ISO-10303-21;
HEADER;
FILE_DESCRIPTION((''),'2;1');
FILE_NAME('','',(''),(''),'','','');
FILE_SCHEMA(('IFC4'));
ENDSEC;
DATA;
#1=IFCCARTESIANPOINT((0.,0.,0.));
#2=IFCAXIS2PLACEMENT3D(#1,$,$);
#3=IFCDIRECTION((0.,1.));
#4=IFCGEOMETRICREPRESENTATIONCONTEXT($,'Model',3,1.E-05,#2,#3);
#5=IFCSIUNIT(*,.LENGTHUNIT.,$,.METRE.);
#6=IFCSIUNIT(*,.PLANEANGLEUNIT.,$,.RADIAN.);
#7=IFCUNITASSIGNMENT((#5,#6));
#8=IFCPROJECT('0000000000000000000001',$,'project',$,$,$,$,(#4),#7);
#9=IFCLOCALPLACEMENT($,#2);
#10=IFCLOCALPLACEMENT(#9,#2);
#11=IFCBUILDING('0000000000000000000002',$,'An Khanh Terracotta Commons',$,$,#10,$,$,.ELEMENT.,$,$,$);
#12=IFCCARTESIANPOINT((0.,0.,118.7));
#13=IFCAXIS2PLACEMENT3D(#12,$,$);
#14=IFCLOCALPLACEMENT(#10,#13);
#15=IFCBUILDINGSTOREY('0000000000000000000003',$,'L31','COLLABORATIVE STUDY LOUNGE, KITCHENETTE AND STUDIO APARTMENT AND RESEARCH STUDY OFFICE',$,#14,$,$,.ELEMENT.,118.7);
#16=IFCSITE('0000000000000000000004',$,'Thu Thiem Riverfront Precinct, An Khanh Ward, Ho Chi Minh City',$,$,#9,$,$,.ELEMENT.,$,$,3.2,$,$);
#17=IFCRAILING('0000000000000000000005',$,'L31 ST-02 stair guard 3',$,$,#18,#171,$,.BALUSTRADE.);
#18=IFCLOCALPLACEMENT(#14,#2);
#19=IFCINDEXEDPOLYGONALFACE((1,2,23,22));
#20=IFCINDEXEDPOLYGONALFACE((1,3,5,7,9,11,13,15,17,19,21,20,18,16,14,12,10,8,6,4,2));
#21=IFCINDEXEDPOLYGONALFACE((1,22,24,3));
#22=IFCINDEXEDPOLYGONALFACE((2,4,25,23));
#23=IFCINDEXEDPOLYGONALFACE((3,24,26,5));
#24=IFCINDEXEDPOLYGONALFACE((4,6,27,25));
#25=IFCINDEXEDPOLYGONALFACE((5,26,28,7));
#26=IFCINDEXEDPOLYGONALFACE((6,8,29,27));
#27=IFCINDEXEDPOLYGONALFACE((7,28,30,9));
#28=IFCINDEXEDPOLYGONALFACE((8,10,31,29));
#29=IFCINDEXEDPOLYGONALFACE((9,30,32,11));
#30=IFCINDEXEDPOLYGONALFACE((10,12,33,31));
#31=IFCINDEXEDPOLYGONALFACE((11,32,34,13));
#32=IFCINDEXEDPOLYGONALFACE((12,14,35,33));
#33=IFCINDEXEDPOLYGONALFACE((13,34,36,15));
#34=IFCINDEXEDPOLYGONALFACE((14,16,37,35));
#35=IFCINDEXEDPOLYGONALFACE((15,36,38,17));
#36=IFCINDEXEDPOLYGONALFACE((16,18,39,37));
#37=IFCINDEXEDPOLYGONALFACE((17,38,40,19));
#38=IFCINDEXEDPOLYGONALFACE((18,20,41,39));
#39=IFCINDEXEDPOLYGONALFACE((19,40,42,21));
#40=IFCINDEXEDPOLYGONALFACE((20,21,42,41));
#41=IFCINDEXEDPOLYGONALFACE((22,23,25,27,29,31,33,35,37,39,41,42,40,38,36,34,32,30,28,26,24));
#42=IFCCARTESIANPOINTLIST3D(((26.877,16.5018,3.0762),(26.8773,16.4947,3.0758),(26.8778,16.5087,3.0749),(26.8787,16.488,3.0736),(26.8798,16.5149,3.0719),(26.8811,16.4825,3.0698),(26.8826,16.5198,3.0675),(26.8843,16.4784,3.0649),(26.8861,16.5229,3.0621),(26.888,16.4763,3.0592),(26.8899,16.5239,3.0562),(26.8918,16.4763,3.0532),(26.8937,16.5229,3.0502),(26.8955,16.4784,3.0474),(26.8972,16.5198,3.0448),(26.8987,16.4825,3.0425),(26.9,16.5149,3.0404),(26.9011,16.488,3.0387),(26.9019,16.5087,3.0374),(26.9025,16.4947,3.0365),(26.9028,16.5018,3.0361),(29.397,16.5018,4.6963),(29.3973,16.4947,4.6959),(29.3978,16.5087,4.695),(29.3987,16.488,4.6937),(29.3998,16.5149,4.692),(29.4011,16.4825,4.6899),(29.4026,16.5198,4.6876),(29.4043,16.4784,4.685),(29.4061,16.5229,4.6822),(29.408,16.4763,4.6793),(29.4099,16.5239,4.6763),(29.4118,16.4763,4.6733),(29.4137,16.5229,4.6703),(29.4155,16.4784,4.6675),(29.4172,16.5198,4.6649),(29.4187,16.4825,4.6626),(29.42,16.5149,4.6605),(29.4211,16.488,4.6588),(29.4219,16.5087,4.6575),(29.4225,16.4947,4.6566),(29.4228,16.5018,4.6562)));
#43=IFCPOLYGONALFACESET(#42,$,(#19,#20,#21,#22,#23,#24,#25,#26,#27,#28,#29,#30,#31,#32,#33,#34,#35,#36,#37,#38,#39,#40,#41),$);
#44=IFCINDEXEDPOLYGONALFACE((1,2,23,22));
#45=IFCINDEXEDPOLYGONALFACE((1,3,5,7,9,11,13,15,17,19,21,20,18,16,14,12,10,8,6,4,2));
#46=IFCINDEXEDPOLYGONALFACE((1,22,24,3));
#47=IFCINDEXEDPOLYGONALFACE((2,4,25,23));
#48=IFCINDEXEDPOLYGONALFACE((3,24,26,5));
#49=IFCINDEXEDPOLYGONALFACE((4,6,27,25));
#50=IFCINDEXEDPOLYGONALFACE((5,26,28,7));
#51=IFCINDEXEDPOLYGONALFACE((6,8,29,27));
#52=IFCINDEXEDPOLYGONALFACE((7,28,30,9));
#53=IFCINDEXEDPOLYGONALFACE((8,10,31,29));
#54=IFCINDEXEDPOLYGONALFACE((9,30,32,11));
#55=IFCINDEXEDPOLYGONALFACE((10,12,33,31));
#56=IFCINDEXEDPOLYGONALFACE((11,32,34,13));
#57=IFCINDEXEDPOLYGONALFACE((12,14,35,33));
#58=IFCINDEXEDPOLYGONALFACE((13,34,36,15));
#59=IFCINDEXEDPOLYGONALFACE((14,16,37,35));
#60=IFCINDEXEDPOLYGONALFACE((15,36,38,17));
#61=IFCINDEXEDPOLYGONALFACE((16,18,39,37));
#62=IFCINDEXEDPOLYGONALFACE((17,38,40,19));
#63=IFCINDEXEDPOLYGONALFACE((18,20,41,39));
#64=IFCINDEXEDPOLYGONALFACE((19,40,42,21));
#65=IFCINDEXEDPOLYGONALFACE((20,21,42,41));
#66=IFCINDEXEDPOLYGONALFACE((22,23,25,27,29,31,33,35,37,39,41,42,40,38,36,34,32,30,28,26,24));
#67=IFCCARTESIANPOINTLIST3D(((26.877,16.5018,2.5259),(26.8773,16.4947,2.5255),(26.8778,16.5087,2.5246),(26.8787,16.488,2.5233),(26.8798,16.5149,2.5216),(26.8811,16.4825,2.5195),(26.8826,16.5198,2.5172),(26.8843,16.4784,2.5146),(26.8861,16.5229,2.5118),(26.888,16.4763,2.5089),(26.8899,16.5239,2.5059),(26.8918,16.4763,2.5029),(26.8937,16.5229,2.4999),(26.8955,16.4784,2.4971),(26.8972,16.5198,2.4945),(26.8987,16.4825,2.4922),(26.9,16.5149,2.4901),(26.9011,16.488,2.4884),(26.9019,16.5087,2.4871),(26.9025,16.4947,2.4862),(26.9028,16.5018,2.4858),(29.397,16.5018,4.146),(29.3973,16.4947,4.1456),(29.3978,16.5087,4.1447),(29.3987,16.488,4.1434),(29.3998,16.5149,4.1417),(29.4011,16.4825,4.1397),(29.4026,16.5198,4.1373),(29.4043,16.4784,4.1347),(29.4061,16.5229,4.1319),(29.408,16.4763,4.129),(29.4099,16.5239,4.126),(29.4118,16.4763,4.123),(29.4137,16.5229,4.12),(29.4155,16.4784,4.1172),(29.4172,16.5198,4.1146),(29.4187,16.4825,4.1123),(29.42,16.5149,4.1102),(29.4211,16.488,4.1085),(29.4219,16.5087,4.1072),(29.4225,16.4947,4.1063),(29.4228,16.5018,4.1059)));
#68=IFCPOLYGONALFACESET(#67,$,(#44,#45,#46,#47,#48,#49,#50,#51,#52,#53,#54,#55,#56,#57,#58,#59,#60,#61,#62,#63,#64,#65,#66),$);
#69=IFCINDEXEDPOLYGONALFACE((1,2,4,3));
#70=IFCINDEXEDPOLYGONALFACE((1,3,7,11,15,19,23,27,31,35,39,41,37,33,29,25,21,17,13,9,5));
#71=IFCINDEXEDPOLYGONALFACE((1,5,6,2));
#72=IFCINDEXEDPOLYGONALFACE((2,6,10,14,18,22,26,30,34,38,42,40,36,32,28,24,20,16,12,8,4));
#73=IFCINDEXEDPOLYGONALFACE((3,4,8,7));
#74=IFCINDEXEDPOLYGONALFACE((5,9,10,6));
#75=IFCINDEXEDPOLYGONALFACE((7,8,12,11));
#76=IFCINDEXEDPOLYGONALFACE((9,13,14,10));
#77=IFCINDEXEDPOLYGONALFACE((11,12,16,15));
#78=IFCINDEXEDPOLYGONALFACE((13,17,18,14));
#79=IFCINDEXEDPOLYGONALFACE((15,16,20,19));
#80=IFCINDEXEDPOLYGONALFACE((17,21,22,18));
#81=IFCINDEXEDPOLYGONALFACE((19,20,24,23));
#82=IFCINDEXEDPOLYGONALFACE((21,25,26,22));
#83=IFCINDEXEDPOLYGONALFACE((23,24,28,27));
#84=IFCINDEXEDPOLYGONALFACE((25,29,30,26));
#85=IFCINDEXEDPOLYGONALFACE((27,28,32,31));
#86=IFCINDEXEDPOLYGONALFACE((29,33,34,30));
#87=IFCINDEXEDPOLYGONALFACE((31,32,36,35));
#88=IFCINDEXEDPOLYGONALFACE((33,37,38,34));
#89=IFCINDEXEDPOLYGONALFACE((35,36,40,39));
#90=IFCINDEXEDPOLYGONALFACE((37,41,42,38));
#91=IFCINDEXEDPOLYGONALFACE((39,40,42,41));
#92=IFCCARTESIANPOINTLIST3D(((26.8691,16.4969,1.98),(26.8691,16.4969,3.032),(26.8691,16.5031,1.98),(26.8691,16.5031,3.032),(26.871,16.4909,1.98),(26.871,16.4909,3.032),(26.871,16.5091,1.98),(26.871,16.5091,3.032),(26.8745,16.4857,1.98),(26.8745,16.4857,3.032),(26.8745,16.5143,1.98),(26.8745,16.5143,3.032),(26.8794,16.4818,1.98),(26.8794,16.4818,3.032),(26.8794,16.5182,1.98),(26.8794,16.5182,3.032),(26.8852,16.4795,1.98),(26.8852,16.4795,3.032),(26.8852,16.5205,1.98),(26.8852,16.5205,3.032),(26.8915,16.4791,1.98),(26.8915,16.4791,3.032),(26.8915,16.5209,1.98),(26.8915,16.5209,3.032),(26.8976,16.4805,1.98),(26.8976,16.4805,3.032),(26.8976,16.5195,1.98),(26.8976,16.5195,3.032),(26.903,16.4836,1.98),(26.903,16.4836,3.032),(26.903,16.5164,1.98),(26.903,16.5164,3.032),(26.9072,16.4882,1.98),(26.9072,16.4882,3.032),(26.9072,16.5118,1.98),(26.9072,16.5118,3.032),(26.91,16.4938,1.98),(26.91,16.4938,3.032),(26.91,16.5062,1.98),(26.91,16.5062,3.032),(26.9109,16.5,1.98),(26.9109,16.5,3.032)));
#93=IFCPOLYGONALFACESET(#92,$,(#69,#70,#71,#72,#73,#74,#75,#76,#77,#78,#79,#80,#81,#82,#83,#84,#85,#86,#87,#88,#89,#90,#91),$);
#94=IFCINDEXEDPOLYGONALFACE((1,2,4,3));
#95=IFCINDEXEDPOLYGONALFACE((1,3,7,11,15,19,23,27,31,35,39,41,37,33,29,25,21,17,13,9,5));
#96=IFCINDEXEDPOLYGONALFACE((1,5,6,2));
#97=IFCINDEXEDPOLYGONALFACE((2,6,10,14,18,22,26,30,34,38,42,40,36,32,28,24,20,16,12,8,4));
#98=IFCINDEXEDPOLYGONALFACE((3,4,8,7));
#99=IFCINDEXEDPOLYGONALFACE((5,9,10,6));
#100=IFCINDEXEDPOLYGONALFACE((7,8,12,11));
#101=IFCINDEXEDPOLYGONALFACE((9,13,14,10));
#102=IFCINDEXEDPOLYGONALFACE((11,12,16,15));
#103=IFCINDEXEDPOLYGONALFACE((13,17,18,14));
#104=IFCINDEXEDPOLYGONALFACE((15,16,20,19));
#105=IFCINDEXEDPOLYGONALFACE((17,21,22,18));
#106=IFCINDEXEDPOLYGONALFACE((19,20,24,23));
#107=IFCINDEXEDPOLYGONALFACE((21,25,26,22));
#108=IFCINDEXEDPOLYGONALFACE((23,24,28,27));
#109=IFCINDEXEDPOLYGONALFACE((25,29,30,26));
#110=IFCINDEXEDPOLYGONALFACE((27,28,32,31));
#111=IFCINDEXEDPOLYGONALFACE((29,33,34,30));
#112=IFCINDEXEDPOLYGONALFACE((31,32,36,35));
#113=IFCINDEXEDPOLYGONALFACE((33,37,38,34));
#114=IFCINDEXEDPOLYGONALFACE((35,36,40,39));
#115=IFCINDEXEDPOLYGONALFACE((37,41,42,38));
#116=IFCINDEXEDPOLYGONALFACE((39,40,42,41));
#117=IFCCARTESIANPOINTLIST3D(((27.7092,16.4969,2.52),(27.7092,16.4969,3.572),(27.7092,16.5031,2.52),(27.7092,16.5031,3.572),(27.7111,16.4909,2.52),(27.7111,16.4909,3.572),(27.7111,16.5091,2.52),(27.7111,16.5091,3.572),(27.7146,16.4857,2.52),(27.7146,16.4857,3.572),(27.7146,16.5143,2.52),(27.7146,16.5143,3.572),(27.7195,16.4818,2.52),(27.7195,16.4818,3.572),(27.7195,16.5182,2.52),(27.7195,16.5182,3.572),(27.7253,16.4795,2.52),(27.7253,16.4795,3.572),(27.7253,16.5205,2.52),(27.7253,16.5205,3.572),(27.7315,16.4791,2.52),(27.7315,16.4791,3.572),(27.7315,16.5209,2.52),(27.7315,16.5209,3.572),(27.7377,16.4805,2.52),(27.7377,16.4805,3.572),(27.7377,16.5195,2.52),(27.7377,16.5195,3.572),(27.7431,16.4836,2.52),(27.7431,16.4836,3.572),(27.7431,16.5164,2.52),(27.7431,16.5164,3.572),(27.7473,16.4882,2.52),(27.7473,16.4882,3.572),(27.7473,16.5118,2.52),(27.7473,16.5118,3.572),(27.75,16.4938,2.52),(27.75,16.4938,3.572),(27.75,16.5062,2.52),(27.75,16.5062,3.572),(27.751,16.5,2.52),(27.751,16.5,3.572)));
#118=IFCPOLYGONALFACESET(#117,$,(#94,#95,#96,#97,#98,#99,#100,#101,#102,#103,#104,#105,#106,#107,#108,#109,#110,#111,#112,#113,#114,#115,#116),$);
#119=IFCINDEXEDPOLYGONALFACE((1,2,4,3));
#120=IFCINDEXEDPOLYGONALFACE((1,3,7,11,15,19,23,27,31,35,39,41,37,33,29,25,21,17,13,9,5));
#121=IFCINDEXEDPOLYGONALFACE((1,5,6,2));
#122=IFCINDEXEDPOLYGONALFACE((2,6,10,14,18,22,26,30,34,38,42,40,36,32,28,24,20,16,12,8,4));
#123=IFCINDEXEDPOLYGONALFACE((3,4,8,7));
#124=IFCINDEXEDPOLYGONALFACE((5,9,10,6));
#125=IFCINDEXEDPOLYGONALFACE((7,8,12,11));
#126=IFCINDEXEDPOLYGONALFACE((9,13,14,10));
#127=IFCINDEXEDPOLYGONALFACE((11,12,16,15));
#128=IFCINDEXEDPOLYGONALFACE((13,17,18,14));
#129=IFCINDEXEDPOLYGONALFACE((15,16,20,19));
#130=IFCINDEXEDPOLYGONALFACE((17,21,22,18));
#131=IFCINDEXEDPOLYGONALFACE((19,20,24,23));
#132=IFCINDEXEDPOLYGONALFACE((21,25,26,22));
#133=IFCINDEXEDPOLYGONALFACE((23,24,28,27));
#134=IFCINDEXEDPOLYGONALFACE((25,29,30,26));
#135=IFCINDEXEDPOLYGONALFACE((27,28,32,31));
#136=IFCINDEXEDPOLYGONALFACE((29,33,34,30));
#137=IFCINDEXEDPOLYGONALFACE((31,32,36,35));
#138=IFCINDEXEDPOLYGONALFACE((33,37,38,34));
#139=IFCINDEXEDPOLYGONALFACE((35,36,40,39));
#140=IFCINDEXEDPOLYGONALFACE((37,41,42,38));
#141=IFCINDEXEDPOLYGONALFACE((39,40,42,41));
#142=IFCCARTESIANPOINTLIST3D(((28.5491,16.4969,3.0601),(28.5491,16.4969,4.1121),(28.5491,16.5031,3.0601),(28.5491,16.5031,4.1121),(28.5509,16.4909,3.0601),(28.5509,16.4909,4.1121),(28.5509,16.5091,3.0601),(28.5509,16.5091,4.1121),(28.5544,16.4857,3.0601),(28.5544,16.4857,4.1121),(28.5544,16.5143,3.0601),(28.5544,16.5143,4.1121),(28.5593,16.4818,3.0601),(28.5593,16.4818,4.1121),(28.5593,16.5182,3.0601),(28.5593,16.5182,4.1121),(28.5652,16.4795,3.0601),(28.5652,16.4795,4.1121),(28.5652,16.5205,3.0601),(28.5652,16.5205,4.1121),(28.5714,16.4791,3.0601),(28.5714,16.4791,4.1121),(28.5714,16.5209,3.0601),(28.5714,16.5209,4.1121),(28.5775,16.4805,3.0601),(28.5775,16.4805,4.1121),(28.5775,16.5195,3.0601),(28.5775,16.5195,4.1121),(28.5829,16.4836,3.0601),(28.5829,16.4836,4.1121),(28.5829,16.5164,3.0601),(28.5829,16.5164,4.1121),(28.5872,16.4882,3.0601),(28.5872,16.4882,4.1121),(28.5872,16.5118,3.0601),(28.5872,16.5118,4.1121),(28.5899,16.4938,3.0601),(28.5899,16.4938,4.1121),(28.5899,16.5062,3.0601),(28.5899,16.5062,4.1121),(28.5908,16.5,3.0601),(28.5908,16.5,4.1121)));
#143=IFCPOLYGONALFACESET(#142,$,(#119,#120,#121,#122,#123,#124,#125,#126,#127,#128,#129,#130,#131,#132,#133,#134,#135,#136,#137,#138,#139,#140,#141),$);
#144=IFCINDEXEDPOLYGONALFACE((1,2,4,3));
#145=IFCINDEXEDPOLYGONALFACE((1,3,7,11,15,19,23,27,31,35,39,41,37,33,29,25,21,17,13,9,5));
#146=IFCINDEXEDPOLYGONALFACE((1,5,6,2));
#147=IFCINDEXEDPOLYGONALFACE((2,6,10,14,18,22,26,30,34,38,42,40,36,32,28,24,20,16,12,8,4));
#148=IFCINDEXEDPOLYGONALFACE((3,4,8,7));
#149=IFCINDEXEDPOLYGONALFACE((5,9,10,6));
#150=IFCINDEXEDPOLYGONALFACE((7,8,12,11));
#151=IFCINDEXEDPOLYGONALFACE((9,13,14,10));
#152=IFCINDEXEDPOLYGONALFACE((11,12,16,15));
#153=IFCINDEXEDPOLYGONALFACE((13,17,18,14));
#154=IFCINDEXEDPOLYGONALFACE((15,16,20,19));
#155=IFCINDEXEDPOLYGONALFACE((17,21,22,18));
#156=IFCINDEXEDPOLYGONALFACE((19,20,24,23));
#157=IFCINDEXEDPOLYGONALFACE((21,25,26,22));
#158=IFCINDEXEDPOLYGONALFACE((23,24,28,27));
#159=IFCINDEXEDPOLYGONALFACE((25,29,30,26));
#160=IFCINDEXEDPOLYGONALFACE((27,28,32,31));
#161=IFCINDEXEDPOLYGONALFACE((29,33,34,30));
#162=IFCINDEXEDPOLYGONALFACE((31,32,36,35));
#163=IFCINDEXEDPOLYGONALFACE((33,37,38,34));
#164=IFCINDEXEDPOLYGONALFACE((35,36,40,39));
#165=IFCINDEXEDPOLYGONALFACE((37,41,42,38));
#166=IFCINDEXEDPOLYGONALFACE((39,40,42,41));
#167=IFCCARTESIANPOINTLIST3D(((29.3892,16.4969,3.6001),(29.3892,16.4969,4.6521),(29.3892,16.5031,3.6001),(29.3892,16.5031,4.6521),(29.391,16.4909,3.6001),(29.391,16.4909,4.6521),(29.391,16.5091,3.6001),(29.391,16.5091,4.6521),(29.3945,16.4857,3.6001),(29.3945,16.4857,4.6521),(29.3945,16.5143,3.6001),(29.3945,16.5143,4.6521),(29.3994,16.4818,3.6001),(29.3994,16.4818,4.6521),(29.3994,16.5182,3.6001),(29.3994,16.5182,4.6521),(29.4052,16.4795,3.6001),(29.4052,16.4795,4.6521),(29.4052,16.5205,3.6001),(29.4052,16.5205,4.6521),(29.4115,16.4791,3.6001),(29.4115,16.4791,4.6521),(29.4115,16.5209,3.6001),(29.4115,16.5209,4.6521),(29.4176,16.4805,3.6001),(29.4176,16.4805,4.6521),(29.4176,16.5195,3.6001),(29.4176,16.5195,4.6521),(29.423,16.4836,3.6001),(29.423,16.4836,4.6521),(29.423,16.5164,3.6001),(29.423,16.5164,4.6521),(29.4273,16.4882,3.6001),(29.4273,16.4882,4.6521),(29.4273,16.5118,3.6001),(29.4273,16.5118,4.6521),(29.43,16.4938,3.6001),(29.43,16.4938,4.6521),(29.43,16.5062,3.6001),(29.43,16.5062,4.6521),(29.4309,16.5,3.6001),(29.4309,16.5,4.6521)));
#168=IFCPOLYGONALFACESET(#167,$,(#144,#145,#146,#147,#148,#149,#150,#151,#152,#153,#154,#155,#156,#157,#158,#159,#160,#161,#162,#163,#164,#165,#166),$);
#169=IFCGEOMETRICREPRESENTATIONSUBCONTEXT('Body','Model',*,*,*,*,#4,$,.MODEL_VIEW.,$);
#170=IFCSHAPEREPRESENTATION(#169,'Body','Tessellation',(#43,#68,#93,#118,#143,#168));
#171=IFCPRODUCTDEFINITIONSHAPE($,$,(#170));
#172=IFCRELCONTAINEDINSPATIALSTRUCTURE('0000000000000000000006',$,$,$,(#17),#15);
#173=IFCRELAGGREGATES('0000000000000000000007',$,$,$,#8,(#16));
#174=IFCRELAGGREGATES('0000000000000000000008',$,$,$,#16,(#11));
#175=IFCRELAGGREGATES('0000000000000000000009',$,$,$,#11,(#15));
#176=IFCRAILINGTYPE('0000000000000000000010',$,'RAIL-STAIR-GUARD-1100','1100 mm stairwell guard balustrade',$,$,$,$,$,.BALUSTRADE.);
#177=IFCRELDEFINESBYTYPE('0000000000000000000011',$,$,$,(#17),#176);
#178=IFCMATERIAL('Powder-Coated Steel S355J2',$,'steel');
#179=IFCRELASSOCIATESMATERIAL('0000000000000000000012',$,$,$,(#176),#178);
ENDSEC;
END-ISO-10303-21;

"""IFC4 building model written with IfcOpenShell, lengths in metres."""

from ifc_helpers import new_model, si_unit, direction, frame, origin, origin_2d, place, context, subcontext, project, spatial, circle, extrude, material, type_object, element, save


model = new_model("IFC4")

# Units and contexts
model_context = context("Model", 3, precision=1e-05, world=origin(), true_north=direction((0.0, 1.0)))
body_context = subcontext(model_context, "Body", "Model", "MODEL_VIEW")
ifc_project = project(units=[si_unit("LENGTHUNIT", "METRE"), si_unit("PLANEANGLEUNIT", "RADIAN")], contexts=[model_context])

# Site, building, storey
site_placement = place(None, origin())
site = spatial("IfcSite", under=ifc_project, at=site_placement, Name="Thu Thiem Riverfront Precinct, An Khanh Ward, Ho Chi Minh City", CompositionType="ELEMENT", RefElevation=3.2)
building_placement = place(site_placement, origin())
building = spatial("IfcBuilding", under=site, at=building_placement, Name="An Khanh Terracotta Commons", CompositionType="ELEMENT")
storey_placement = place(building_placement, frame((0.0, 0.0, 118.7)))
storey = spatial("IfcBuildingStorey", under=building, at=storey_placement, Name="L31", Description="COLLABORATIVE STUDY LOUNGE, KITCHENETTE AND STUDIO APARTMENT AND RESEARCH STUDY OFFICE", CompositionType="ELEMENT", Elevation=118.7)

# Railing
ifc_material_1 = material(Name="Powder-Coated Steel S355J2", Category="steel")
railing_type_1 = type_object("IfcRailingType", Name="RAIL-STAIR-GUARD-1100", Description="1100 mm stairwell guard balustrade", PredefinedType="BALUSTRADE", material=ifc_material_1)
railing_1_placement = place(storey_placement, frame((26.8899, 16.5, 1.98)))
element("IfcRailing", 1, at=railing_1_placement, inside=storey, type_object=railing_type_1, Name="L31 ST-02 stair guard 3", PredefinedType="BALUSTRADE", context=body_context, shape_type="SweptSolid", body=[
    extrude(circle(Radius=0.0239, at=origin_2d()), frame((0.0, 0.0, 1.0762), z_axis=(0.841163, 0.0, 0.540782), x_axis=(0.0, 1.0, 0.0)), (0.0, 0.0, 1.0), 2.9958),
    extrude(circle(Radius=0.0239, at=origin_2d()), frame((0.0, 0.0, 0.5259), z_axis=(0.841163, 0.0, 0.540782), x_axis=(0.0, 1.0, 0.0)), (0.0, 0.0, 1.0), 2.9958),
    extrude(circle(Radius=0.021, at=origin_2d()), origin(), (0.0, 0.0, 1.0), 1.052),
    extrude(circle(Radius=0.021, at=origin_2d()), frame((0.8401, 0.0, 0.54)), (0.0, 0.0, 1.0), 1.052),
    extrude(circle(Radius=0.021, at=origin_2d()), frame((1.6799, 0.0, 1.0801)), (0.0, 0.0, 1.0), 1.052),
    extrude(circle(Radius=0.021, at=origin_2d()), frame((2.52, 0.0, 1.6201)), (0.0, 0.0, 1.0), 1.052),
])

save(model, "model.ifc")
